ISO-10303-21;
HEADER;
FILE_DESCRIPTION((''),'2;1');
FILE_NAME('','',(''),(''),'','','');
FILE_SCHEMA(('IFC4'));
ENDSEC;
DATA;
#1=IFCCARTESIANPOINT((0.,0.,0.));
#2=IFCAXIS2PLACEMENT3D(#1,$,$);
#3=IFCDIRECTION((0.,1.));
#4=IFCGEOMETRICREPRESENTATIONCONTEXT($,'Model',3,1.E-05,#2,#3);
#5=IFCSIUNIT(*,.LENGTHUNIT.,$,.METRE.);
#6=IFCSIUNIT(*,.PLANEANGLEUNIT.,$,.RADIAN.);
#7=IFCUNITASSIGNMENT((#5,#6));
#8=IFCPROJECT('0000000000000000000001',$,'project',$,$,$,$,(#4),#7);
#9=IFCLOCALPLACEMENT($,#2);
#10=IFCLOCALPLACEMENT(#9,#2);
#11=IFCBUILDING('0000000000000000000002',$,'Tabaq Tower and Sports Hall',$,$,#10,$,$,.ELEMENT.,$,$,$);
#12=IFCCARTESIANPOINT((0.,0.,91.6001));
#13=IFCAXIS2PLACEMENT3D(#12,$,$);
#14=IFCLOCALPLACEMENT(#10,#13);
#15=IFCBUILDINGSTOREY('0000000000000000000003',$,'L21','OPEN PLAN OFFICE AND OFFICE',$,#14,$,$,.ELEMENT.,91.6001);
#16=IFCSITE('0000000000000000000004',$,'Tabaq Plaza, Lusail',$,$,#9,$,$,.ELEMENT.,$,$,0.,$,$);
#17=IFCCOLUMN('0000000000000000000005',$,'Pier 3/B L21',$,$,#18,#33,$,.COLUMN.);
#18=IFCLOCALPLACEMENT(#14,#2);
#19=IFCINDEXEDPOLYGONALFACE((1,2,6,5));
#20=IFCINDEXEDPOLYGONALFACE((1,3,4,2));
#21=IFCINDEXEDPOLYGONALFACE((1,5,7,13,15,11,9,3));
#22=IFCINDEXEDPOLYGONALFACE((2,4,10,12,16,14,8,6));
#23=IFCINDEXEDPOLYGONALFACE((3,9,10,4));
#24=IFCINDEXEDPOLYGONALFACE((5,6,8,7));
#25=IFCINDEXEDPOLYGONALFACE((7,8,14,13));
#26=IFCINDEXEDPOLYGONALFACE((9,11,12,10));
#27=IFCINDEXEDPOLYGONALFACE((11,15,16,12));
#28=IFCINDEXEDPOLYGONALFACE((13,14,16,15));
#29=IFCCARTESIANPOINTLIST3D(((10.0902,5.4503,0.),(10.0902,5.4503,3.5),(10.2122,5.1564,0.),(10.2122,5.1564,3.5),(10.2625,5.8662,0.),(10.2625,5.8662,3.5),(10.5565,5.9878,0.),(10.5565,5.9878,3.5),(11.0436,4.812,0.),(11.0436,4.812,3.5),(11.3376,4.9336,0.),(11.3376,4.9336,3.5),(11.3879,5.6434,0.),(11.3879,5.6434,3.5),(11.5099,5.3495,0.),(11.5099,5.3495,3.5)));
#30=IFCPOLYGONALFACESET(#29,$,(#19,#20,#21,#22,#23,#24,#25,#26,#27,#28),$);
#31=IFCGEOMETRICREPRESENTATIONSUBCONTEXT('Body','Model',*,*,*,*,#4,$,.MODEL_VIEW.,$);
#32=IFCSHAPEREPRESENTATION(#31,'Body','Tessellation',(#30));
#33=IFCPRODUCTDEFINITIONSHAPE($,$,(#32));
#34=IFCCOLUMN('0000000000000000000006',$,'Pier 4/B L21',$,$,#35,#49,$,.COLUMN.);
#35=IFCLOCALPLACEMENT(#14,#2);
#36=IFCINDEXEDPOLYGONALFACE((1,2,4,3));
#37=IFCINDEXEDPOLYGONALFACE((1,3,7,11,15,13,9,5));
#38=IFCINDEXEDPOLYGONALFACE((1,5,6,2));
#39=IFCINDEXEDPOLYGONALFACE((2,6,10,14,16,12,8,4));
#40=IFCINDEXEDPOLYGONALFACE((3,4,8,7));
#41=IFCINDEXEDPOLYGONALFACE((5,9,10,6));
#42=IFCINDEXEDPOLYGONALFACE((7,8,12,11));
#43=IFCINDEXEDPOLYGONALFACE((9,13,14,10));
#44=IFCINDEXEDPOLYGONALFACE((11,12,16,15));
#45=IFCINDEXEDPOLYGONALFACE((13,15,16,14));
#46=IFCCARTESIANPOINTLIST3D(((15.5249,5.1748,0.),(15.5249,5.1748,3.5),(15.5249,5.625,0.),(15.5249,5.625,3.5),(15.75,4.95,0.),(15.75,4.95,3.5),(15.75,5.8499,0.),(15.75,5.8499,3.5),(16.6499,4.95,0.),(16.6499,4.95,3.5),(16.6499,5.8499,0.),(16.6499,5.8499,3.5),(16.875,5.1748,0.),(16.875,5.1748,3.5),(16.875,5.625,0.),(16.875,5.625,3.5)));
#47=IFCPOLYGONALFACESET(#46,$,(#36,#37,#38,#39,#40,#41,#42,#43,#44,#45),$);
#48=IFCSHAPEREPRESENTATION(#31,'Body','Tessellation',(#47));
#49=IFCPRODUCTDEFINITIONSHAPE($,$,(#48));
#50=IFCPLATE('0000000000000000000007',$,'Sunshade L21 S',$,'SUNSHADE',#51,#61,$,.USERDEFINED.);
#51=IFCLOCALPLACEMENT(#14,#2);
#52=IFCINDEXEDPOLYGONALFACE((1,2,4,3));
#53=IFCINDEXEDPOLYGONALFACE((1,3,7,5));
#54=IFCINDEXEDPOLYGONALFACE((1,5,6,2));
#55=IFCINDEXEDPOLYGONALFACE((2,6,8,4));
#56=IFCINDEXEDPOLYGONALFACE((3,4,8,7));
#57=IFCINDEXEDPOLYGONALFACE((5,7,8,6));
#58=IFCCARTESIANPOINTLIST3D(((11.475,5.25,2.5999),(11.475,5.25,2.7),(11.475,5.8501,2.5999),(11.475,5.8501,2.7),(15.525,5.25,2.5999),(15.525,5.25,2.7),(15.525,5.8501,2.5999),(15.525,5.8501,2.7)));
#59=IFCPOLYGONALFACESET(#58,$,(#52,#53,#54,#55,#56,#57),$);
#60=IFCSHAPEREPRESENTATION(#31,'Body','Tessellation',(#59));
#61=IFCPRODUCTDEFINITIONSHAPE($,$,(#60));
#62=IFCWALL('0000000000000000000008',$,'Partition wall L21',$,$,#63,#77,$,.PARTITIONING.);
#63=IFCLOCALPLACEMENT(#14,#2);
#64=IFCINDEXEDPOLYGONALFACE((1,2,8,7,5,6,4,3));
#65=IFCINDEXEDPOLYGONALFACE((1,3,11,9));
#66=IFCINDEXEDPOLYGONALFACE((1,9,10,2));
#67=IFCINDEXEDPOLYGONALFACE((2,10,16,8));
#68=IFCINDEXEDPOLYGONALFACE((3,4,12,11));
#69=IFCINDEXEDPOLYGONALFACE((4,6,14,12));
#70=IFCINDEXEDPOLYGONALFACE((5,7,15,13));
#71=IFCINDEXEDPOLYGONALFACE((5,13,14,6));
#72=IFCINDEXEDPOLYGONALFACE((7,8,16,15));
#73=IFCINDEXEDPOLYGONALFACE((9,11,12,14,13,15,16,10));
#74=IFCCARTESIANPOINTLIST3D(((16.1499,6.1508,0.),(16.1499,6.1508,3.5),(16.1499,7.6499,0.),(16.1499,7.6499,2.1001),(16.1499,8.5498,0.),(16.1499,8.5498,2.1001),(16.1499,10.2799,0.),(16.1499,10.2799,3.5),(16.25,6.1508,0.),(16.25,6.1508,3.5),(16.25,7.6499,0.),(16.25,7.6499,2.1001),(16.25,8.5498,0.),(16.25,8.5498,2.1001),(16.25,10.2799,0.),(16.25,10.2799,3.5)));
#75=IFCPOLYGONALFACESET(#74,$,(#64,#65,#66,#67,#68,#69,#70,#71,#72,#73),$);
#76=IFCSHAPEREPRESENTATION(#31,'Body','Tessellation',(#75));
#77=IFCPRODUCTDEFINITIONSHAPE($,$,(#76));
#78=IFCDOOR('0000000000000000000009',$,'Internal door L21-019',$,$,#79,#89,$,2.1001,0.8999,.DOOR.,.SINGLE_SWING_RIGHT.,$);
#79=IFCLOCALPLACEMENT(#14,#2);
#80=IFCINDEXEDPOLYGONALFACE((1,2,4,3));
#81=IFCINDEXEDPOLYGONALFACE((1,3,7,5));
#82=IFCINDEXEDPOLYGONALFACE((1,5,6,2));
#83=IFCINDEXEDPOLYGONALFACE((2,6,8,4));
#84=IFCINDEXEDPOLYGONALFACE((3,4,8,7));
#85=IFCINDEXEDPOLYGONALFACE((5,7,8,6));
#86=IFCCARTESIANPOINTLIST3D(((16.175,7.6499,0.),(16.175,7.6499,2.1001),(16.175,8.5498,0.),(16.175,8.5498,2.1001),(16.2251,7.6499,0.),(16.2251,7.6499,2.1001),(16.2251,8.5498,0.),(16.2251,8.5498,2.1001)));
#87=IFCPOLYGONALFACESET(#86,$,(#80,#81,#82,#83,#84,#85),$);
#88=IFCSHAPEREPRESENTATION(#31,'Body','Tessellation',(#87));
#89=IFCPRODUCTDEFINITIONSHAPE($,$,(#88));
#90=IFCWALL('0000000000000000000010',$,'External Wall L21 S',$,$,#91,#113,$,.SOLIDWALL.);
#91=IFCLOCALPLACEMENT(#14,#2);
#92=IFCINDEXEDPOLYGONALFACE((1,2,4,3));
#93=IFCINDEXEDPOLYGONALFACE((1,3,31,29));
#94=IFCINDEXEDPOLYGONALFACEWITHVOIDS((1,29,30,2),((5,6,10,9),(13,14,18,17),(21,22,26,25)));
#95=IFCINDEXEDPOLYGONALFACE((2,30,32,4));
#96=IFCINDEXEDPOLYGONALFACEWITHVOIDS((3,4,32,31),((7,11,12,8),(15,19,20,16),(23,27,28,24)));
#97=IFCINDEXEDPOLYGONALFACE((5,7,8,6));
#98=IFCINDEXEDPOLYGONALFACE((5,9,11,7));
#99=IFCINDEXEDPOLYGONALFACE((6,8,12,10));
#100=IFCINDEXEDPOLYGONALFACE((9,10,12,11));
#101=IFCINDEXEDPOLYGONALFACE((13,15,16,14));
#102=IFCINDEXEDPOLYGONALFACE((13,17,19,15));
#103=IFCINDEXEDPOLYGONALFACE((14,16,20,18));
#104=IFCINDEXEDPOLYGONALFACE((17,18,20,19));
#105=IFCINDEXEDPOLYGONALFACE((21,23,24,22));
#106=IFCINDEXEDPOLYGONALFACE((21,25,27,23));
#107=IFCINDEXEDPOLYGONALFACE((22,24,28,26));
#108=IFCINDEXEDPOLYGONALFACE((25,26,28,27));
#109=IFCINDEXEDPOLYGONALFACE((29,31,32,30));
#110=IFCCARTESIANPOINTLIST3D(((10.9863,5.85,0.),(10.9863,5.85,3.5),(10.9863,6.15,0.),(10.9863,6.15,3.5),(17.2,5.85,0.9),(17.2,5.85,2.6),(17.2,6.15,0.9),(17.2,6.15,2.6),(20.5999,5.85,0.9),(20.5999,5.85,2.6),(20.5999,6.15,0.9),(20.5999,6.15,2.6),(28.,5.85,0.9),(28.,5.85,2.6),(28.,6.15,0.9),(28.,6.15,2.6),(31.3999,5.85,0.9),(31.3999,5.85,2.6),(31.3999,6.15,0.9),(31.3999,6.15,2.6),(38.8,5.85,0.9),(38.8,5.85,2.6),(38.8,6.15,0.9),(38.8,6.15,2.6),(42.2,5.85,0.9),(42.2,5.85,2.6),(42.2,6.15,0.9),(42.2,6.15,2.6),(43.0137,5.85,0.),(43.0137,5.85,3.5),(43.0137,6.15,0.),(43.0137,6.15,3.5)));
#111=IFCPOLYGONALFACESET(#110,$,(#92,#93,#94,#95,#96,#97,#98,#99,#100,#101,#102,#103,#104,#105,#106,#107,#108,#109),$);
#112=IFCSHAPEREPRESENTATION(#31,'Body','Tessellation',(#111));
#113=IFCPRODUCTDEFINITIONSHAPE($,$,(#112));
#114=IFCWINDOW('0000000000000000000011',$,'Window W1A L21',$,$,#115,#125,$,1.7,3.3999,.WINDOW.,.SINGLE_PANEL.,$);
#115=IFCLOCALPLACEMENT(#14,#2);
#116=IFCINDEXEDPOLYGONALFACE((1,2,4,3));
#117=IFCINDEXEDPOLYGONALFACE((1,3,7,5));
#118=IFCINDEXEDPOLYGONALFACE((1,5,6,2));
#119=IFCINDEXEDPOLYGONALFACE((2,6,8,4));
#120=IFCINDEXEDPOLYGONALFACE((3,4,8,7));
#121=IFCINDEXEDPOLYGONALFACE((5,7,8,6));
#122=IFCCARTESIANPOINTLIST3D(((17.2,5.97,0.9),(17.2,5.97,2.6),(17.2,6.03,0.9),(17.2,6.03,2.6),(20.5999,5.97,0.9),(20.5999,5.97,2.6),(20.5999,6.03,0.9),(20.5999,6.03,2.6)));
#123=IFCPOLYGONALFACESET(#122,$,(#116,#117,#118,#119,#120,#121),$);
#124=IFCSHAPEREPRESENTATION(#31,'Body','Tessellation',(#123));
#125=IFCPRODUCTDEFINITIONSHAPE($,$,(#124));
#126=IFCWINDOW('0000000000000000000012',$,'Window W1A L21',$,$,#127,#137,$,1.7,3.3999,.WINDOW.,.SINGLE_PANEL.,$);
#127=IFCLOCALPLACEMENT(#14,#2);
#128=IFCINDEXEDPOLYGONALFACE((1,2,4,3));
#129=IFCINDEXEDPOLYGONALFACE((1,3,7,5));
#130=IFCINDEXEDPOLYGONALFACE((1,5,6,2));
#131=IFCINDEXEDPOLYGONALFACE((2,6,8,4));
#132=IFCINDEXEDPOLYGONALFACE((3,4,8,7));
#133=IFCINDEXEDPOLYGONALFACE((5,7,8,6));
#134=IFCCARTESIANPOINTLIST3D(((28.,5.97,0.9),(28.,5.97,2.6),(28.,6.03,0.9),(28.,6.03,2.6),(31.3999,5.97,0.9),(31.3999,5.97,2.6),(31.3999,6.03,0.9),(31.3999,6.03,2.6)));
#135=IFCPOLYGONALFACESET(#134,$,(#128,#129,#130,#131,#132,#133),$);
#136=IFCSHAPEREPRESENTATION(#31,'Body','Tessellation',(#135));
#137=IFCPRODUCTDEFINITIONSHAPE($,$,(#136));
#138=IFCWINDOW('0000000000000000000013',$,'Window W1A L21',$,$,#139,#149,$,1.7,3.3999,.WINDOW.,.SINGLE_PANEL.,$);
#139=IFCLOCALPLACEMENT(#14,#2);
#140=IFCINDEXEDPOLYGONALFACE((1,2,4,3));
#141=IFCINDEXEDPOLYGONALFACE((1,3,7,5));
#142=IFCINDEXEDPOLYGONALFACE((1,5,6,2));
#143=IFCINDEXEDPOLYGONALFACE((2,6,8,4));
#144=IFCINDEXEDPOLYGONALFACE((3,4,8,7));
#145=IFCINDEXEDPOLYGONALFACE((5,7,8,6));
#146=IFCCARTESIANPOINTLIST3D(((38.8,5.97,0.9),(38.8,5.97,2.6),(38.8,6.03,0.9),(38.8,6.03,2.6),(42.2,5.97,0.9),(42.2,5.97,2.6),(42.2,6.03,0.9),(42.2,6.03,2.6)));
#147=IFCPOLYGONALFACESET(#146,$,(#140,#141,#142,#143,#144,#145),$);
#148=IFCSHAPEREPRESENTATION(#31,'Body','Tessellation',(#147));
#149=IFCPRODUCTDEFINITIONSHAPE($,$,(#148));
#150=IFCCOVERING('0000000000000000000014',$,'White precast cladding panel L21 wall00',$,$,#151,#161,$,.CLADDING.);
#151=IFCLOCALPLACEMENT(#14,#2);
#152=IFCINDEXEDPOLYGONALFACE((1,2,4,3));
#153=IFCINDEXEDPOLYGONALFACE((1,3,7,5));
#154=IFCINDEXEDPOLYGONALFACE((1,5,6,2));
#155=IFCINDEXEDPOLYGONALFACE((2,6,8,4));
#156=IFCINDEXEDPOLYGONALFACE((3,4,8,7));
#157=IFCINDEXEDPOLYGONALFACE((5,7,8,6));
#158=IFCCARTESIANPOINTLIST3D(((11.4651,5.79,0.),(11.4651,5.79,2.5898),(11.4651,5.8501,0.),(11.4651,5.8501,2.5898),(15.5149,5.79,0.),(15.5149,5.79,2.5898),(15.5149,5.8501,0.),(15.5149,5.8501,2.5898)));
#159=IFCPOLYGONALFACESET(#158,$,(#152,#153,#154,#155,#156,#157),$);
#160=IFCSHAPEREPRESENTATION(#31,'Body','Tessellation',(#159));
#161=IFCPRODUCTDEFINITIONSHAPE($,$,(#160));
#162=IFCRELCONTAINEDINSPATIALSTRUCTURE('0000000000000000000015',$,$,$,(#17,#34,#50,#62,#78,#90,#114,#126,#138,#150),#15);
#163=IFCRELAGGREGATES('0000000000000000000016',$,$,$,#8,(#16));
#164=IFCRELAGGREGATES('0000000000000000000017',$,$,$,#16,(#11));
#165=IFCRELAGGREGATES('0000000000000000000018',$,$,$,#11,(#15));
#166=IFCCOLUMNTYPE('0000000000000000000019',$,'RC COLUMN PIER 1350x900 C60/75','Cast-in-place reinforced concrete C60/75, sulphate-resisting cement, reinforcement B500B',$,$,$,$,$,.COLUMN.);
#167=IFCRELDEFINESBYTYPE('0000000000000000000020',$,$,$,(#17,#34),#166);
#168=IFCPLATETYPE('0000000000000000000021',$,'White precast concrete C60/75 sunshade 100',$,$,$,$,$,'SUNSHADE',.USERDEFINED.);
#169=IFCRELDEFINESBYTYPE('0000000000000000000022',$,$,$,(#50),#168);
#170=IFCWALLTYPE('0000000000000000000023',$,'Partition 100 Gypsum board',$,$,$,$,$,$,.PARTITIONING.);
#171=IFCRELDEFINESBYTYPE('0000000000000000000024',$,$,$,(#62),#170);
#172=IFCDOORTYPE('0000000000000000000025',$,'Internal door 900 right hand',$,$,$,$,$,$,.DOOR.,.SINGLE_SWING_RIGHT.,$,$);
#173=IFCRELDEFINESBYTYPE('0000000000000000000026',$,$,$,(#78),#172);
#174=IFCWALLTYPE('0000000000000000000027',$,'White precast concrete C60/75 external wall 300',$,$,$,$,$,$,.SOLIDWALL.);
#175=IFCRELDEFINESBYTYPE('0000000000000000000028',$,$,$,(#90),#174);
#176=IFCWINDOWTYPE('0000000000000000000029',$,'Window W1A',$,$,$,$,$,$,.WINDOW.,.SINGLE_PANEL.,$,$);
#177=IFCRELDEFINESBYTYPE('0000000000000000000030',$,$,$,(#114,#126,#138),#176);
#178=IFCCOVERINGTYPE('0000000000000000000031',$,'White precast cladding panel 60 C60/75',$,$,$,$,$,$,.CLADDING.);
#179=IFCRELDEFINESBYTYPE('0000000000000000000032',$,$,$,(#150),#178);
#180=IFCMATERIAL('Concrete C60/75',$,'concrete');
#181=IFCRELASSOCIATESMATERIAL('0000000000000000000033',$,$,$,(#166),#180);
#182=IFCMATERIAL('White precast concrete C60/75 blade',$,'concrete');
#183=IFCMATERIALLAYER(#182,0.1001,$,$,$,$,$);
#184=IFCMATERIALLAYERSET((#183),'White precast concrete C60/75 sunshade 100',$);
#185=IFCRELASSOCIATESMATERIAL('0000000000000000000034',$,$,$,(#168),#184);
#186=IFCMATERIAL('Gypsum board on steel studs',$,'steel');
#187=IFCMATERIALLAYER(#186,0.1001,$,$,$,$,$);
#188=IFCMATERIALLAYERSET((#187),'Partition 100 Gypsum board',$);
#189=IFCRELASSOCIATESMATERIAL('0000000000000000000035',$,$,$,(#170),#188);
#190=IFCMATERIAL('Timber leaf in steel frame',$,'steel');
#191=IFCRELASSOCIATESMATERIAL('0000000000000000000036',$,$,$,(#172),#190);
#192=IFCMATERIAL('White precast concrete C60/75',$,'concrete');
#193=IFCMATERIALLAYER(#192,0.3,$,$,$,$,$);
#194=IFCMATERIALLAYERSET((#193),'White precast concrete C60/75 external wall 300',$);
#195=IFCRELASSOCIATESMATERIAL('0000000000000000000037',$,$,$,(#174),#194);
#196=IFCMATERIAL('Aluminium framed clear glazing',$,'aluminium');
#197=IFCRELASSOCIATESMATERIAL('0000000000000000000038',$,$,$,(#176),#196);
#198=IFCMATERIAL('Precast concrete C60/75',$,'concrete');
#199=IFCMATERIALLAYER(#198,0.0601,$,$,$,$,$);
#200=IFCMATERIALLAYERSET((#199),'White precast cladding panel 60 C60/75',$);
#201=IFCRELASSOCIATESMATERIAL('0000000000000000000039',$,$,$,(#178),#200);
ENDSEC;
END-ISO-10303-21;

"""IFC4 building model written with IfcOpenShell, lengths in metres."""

from ifc_helpers import new_model, si_unit, direction, frame, frame_2d, origin, origin_2d, place, context, subcontext, project, spatial, polyline, rectangle, outline, extrude, material, layer, layer_set, material_profile, profile_set, type_object, element, fill, save


model = new_model("IFC4")

# Units and contexts
model_context = context("Model", 3, precision=1e-05, world=origin(), true_north=direction((0.0, 1.0)))
body_context = subcontext(model_context, "Body", "Model", "MODEL_VIEW")
ifc_project = project(units=[si_unit("LENGTHUNIT", "METRE"), si_unit("PLANEANGLEUNIT", "RADIAN")], contexts=[model_context])

# Site, building, storey
site_placement = place(None, origin())
site = spatial("IfcSite", under=ifc_project, at=site_placement, Name="Tabaq Plaza, Lusail", CompositionType="ELEMENT", RefElevation=0.0)
building_placement = place(site_placement, origin())
building = spatial("IfcBuilding", under=site, at=building_placement, Name="Tabaq Tower and Sports Hall", CompositionType="ELEMENT")
storey_placement = place(building_placement, frame((0.0, 0.0, 91.6001)))
storey = spatial("IfcBuildingStorey", under=building, at=storey_placement, Name="L21", Description="OPEN PLAN OFFICE AND OFFICE", CompositionType="ELEMENT", Elevation=91.6001)

# Columns
ifc_material_1 = material(Name="Concrete C60/75", Category="concrete")
ifc_material_profile = material_profile(ifc_material_1, outline(polyline([(-0.45, -0.45), (0.45, -0.45), (0.675, -0.2251), (0.675, 0.2251), (0.45, 0.45), (-0.45, 0.45), (-0.675, 0.2251), (-0.675, -0.2251), (-0.45, -0.45)])), Name="PIER 1350x900")
ifc_profile_set = profile_set([ifc_material_profile], Name="Concrete C60/75")
column_type = type_object("IfcColumnType", Name="RC COLUMN PIER 1350x900 C60/75", Description="Cast-in-place reinforced concrete C60/75, sulphate-resisting cement, reinforcement B500B", PredefinedType="COLUMN", material=ifc_profile_set)
for number, where, z_axis, x_axis, name in (
    (1, (10.8, 5.3999, 0.0), (0.0, 0.0, 1.0), (-0.92388, 0.382683, 0.0), "Pier 3/B L21"),
    (2, (16.2, 5.3999, 0.0), (0.0, 0.0, 1.0), (1.0, 0.0, 0.0), "Pier 4/B L21"),
):
    element("IfcColumn", number, at=place(storey_placement, frame(where, z_axis=z_axis, x_axis=x_axis)), inside=storey, type_object=column_type, Name=name, PredefinedType="COLUMN", context=body_context, shape_type="SweptSolid", body=[
        extrude(outline(polyline([(-0.45, -0.45), (0.45, -0.45), (0.675, -0.2251), (0.675, 0.2251), (0.45, 0.45), (-0.45, 0.45), (-0.675, 0.2251), (-0.675, -0.2251), (-0.45, -0.45)])), origin(), (0.0, 0.0, 1.0), 3.5),
    ])

# Plate
ifc_material_2 = material(Name="White precast concrete C60/75 blade", Category="concrete")
ifc_layer_1 = layer(ifc_material_2, 0.1001)
ifc_layer_set_1 = layer_set([ifc_layer_1], Name="White precast concrete C60/75 sunshade 100")
plate_type = type_object("IfcPlateType", Name="White precast concrete C60/75 sunshade 100", ElementType="SUNSHADE", PredefinedType="USERDEFINED", material=ifc_layer_set_1)
plate_placement = place(storey_placement, frame((13.5, 5.55, 2.5999), z_axis=(0.0, 0.0, 1.0), x_axis=(1.0, 0.0, 0.0)))
element("IfcPlate", 3, at=plate_placement, inside=storey, type_object=plate_type, Name="Sunshade L21 S", ObjectType="SUNSHADE", PredefinedType="USERDEFINED", context=body_context, shape_type="SweptSolid", body=[
    extrude(rectangle(XDim=4.05, YDim=0.6001, at=origin_2d()), origin(), (0.0, 0.0, 1.0), 0.1001),
])

# Wall, opening, door
ifc_material_3 = material(Name="Gypsum board on steel studs", Category="steel")
ifc_layer_2 = layer(ifc_material_3, 0.1001)
ifc_layer_set_2 = layer_set([ifc_layer_2], Name="Partition 100 Gypsum board")
wall_type_1 = type_object("IfcWallType", Name="Partition 100 Gypsum board", PredefinedType="PARTITIONING", material=ifc_layer_set_2)
wall_1_placement = place(storey_placement, frame((16.2, 6.1509, 0.0), z_axis=(0.0, 0.0, 1.0), x_axis=(0.0, 1.0, 0.0)))
wall_1 = element("IfcWall", 4, at=wall_1_placement, inside=storey, type_object=wall_type_1, Name="Partition wall L21", PredefinedType="PARTITIONING", context=body_context, shape_type="SweptSolid", body=[
    extrude(rectangle(XDim=4.1292, YDim=0.1001, at=frame_2d((2.0645, 0.0))), origin(), (0.0, 0.0, 1.0), 3.5),
])
opening_1_placement = place(wall_1_placement, frame((1.499, 0.0, 0.0)))
opening_1 = element("IfcOpeningElement", 5, at=opening_1_placement, cuts=wall_1, PredefinedType="OPENING", context=body_context, shape_type="SweptSolid", body=[
    extrude(rectangle(XDim=0.8999, YDim=2.1001, at=frame_2d((0.45, 1.05))), frame((0.0, 0.05, 0.0), z_axis=(0.0, -1.0, 0.0), x_axis=(1.0, 0.0, 0.0)), (0.0, 0.0, 1.0), 0.1001),
])
ifc_material_4 = material(Name="Timber leaf in steel frame", Category="steel")
door_type = type_object("IfcDoorType", Name="Internal door 900 right hand", OperationType="SINGLE_SWING_RIGHT", PredefinedType="DOOR", material=ifc_material_4)
door_placement = place(opening_1_placement, origin())
door = element("IfcDoor", 6, at=door_placement, inside=storey, type_object=door_type, Name="Internal door L21-019", OperationType="SINGLE_SWING_RIGHT", OverallHeight=2.1001, OverallWidth=0.8999, PredefinedType="DOOR", context=body_context, shape_type="SweptSolid", body=[
    extrude(rectangle(XDim=0.8999, YDim=2.1001, at=frame_2d((0.45, 1.05))), frame((0.0, 0.0249, 0.0), z_axis=(0.0, -1.0, 0.0), x_axis=(1.0, 0.0, 0.0)), (0.0, 0.0, 1.0), 0.05),
])
fill(opening_1, door)

# Wall, openings, windows
ifc_material_5 = material(Name="White precast concrete C60/75", Category="concrete")
ifc_layer_3 = layer(ifc_material_5, 0.3)
ifc_layer_set_3 = layer_set([ifc_layer_3], Name="White precast concrete C60/75 external wall 300")
wall_type_2 = type_object("IfcWallType", Name="White precast concrete C60/75 external wall 300", PredefinedType="SOLIDWALL", material=ifc_layer_set_3)
wall_2_placement = place(storey_placement, frame((10.9863, 6.0, 0.0), z_axis=(0.0, 0.0, 1.0), x_axis=(1.0, 0.0, 0.0)))
wall_2 = element("IfcWall", 7, at=wall_2_placement, inside=storey, type_object=wall_type_2, Name="External Wall L21 S", PredefinedType="SOLIDWALL", context=body_context, shape_type="SweptSolid", body=[
    extrude(rectangle(XDim=32.0273, YDim=0.3, at=frame_2d((16.0137, 0.0))), origin(), (0.0, 0.0, 1.0), 3.5),
])
opening_2_placement = place(wall_2_placement, frame((6.2136, 0.0, 0.8999)))
opening_2 = element("IfcOpeningElement", 8, at=opening_2_placement, cuts=wall_2, PredefinedType="OPENING", context=body_context, shape_type="SweptSolid", body=[
    extrude(rectangle(XDim=3.3999, YDim=1.7, at=frame_2d((1.7, 0.8501))), frame((0.0, 0.1602, 0.0), z_axis=(0.0, -1.0, 0.0), x_axis=(1.0, 0.0, 0.0)), (0.0, 0.0, 1.0), 0.3201),
])
opening_3_placement = place(wall_2_placement, frame((17.0137, 0.0, 0.8999)))
opening_3 = element("IfcOpeningElement", 9, at=opening_3_placement, cuts=wall_2, PredefinedType="OPENING", context=body_context, shape_type="SweptSolid", body=[
    extrude(rectangle(XDim=3.3999, YDim=1.7, at=frame_2d((1.7, 0.8501))), frame((0.0, 0.1602, 0.0), z_axis=(0.0, -1.0, 0.0), x_axis=(1.0, 0.0, 0.0)), (0.0, 0.0, 1.0), 0.3201),
])
opening_4_placement = place(wall_2_placement, frame((27.8137, 0.0, 0.8999)))
opening_4 = element("IfcOpeningElement", 10, at=opening_4_placement, cuts=wall_2, PredefinedType="OPENING", context=body_context, shape_type="SweptSolid", body=[
    extrude(rectangle(XDim=3.3999, YDim=1.7, at=frame_2d((1.7, 0.8501))), frame((0.0, 0.1602, 0.0), z_axis=(0.0, -1.0, 0.0), x_axis=(1.0, 0.0, 0.0)), (0.0, 0.0, 1.0), 0.3201),
])
ifc_material_6 = material(Name="Aluminium framed clear glazing", Category="aluminium")
window_type = type_object("IfcWindowType", Name="Window W1A", PartitioningType="SINGLE_PANEL", PredefinedType="WINDOW", material=ifc_material_6)
window_1_placement = place(opening_2_placement, origin())
window_1 = element("IfcWindow", 11, at=window_1_placement, inside=storey, type_object=window_type, Name="Window W1A L21", OverallHeight=1.7, OverallWidth=3.3999, PartitioningType="SINGLE_PANEL", PredefinedType="WINDOW", context=body_context, shape_type="SweptSolid", body=[
    extrude(rectangle(XDim=3.3999, YDim=1.7, at=frame_2d((1.7, 0.8501))), frame((0.0, 0.03, 0.0), z_axis=(0.0, -1.0, 0.0), x_axis=(1.0, 0.0, 0.0)), (0.0, 0.0, 1.0), 0.0601),
])
fill(opening_2, window_1)
window_2_placement = place(opening_3_placement, origin())
window_2 = element("IfcWindow", 12, at=window_2_placement, inside=storey, type_object=window_type, Name="Window W1A L21", OverallHeight=1.7, OverallWidth=3.3999, PartitioningType="SINGLE_PANEL", PredefinedType="WINDOW", context=body_context, shape_type="SweptSolid", body=[
    extrude(rectangle(XDim=3.3999, YDim=1.7, at=frame_2d((1.7, 0.8501))), frame((0.0, 0.03, 0.0), z_axis=(0.0, -1.0, 0.0), x_axis=(1.0, 0.0, 0.0)), (0.0, 0.0, 1.0), 0.0601),
])
fill(opening_3, window_2)
window_3_placement = place(opening_4_placement, origin())
window_3 = element("IfcWindow", 13, at=window_3_placement, inside=storey, type_object=window_type, Name="Window W1A L21", OverallHeight=1.7, OverallWidth=3.3999, PartitioningType="SINGLE_PANEL", PredefinedType="WINDOW", context=body_context, shape_type="SweptSolid", body=[
    extrude(rectangle(XDim=3.3999, YDim=1.7, at=frame_2d((1.7, 0.8501))), frame((0.0, 0.03, 0.0), z_axis=(0.0, -1.0, 0.0), x_axis=(1.0, 0.0, 0.0)), (0.0, 0.0, 1.0), 0.0601),
])
fill(opening_4, window_3)

# Covering
ifc_material_7 = material(Name="Precast concrete C60/75", Category="concrete")
ifc_layer_4 = layer(ifc_material_7, 0.0601)
ifc_layer_set_4 = layer_set([ifc_layer_4], Name="White precast cladding panel 60 C60/75")
covering_type = type_object("IfcCoveringType", Name="White precast cladding panel 60 C60/75", PredefinedType="CLADDING", material=ifc_layer_set_4)
covering_1_placement = place(storey_placement, frame((11.4651, 5.8201, 0.0), z_axis=(0.0, 0.0, 1.0), x_axis=(1.0, 0.0, 0.0)))
element("IfcCovering", 14, at=covering_1_placement, inside=storey, type_object=covering_type, Name="White precast cladding panel L21 wall00", PredefinedType="CLADDING", context=body_context, shape_type="SweptSolid", body=[
    extrude(rectangle(XDim=4.0498, YDim=0.0601, at=frame_2d((2.0249, 0.0))), origin(), (0.0, 0.0, 1.0), 2.5898),
])

save(model, "model.ifc")
